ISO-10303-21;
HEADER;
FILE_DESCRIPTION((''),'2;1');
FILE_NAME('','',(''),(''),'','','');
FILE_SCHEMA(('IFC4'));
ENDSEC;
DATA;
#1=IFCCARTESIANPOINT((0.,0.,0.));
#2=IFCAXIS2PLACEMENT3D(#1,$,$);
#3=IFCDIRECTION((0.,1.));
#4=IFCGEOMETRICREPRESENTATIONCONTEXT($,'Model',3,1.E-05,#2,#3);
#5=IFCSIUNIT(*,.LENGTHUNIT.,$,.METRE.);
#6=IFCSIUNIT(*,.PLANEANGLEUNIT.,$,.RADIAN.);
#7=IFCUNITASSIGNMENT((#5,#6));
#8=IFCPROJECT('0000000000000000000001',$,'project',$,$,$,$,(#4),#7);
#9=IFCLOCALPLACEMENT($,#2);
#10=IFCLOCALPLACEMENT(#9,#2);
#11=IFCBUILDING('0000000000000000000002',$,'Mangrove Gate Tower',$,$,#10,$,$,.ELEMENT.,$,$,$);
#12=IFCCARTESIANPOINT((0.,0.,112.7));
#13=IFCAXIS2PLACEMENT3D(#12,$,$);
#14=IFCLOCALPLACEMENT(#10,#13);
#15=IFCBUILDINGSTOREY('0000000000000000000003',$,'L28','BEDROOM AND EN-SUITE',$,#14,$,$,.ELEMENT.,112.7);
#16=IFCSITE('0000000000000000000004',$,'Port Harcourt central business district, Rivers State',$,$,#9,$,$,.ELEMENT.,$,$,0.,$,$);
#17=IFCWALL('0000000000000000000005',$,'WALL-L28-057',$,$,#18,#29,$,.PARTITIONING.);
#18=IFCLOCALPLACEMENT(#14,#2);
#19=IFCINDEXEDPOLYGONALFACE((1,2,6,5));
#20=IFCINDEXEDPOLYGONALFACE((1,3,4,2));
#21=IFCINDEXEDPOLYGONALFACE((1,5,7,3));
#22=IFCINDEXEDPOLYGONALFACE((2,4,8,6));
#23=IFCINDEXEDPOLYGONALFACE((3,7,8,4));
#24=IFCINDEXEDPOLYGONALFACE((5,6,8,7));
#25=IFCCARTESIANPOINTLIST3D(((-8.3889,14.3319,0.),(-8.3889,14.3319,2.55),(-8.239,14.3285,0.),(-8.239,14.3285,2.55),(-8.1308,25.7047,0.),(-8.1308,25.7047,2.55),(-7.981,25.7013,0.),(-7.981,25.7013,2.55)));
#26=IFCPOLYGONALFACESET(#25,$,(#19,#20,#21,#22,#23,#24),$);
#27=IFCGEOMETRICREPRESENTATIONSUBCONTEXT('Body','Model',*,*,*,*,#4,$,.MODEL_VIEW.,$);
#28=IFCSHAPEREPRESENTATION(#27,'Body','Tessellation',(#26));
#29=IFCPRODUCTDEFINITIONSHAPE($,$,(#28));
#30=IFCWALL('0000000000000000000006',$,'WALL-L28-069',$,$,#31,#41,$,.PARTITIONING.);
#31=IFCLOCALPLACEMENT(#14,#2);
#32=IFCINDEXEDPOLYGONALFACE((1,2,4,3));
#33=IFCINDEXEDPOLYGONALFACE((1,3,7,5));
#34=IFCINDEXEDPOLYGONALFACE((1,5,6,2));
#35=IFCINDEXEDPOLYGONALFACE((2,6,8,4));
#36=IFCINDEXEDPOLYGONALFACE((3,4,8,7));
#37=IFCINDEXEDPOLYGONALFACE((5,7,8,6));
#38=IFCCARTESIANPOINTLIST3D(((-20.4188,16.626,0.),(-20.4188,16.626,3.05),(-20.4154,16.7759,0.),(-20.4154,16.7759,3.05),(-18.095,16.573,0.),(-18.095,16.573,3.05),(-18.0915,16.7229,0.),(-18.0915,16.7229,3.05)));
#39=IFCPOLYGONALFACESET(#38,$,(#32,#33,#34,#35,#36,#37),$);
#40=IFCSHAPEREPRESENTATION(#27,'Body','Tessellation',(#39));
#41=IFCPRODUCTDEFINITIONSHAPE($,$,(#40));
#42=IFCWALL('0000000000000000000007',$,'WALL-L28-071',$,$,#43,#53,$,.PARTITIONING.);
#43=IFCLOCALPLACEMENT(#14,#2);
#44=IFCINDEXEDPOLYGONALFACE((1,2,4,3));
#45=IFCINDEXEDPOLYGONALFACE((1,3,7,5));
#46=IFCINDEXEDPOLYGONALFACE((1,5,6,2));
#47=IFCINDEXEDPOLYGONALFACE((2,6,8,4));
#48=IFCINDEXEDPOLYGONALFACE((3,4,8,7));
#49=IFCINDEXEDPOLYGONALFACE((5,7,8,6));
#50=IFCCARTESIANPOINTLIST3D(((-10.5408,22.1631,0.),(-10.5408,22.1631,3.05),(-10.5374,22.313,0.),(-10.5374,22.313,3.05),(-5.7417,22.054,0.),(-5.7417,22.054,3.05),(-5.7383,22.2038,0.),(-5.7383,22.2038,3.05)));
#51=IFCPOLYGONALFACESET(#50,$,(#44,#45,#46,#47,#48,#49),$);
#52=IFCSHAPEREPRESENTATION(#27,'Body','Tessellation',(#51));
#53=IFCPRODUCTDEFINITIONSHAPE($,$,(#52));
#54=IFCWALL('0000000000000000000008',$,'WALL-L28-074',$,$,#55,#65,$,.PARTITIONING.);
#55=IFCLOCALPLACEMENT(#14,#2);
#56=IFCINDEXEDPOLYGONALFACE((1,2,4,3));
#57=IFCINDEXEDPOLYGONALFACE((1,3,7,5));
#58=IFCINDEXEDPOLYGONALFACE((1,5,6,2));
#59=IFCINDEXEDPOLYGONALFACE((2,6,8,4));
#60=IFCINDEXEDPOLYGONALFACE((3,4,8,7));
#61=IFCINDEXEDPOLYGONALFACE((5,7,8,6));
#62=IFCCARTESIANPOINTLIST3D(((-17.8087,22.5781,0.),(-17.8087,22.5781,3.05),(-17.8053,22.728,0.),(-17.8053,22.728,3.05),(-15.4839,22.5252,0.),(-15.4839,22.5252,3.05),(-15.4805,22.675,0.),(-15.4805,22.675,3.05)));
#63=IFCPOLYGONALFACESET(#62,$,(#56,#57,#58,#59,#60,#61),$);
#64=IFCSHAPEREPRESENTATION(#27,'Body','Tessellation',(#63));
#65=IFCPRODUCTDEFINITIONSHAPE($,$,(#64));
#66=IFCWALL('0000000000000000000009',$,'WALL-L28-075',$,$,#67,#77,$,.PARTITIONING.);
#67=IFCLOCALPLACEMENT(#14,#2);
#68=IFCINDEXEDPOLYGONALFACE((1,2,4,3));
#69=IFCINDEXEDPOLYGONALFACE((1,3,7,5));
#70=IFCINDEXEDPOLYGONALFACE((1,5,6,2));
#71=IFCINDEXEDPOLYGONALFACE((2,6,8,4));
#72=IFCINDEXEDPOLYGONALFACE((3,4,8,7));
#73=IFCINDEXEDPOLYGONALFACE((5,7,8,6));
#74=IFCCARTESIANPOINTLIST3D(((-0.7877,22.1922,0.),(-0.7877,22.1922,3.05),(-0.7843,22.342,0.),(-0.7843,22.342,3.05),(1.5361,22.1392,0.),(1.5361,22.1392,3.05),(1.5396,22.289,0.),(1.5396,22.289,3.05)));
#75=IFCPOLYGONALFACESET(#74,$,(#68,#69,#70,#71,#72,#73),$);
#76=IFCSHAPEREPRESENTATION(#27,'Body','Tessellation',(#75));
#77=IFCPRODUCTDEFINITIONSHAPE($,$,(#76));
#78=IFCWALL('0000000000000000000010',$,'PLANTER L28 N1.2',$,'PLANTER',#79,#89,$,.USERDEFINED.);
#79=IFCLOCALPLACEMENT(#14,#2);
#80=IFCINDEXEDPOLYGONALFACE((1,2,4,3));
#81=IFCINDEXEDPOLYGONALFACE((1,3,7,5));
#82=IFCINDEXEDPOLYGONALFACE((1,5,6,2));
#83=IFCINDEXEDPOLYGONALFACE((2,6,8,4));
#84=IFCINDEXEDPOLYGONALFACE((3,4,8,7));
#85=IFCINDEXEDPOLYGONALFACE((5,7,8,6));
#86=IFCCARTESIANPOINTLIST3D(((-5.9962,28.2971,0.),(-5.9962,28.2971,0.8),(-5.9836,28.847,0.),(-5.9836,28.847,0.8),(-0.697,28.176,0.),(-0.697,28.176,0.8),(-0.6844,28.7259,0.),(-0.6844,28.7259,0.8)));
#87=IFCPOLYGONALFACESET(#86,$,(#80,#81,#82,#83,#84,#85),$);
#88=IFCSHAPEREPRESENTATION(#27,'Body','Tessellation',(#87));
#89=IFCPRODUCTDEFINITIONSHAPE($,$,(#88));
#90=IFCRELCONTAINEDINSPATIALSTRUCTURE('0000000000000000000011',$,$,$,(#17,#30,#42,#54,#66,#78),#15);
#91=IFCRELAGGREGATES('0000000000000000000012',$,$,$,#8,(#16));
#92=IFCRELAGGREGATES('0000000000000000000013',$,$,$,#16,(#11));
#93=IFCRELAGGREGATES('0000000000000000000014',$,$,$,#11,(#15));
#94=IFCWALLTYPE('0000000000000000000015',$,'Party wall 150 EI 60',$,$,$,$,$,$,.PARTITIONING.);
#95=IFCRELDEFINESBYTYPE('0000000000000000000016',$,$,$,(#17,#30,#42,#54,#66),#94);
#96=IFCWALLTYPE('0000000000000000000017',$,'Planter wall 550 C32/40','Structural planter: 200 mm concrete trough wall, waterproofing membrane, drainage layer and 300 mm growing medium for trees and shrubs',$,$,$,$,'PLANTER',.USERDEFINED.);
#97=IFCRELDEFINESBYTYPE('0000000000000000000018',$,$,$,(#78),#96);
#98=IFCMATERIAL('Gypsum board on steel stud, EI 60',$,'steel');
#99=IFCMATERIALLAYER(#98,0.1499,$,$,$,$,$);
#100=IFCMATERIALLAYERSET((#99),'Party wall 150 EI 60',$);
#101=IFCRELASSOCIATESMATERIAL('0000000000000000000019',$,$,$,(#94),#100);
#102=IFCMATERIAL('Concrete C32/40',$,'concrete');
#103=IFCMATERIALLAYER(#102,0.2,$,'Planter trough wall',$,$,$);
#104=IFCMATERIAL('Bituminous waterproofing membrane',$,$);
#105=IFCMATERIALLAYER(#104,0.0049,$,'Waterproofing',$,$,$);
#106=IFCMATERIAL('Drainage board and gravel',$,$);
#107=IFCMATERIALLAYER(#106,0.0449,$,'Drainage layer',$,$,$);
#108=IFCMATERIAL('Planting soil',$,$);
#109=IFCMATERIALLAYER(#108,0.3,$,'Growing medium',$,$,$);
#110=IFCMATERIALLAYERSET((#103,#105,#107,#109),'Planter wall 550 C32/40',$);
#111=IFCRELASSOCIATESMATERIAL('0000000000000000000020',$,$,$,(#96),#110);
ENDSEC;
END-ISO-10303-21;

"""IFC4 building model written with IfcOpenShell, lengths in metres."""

from ifc_helpers import new_model, si_unit, direction, frame, frame_2d, origin, place, context, subcontext, project, spatial, rectangle, extrude, material, layer, layer_set, type_object, element, save


model = new_model("IFC4")

# Units and contexts
model_context = context("Model", 3, precision=1e-05, world=origin(), true_north=direction((0.0, 1.0)))
body_context = subcontext(model_context, "Body", "Model", "MODEL_VIEW")
ifc_project = project(units=[si_unit("LENGTHUNIT", "METRE"), si_unit("PLANEANGLEUNIT", "RADIAN")], contexts=[model_context])

# Site, building, storey
site_placement = place(None, origin())
site = spatial("IfcSite", under=ifc_project, at=site_placement, Name="Port Harcourt central business district, Rivers State", CompositionType="ELEMENT", RefElevation=0.0)
building_placement = place(site_placement, origin())
building = spatial("IfcBuilding", under=site, at=building_placement, Name="Mangrove Gate Tower", CompositionType="ELEMENT")
storey_placement = place(building_placement, frame((0.0, 0.0, 112.7)))
storey = spatial("IfcBuildingStorey", under=building, at=storey_placement, Name="L28", Description="BEDROOM AND EN-SUITE", CompositionType="ELEMENT", Elevation=112.7)

# Shared definitions
ifc_material_1 = material(Name="Gypsum board on steel stud, EI 60", Category="steel")
ifc_layer_1 = layer(ifc_material_1, 0.1499)
ifc_layer_set_1 = layer_set([ifc_layer_1], Name="Party wall 150 EI 60")
wall_type_1 = type_object("IfcWallType", Name="Party wall 150 EI 60", PredefinedType="PARTITIONING", material=ifc_layer_set_1)

# Walls
wall_1_placement = place(storey_placement, frame((-8.314, 14.3301, 0.0), z_axis=(0.0, 0.0, 1.0), x_axis=(0.022685, 0.999743, 0.0)))
element("IfcWall", 1, at=wall_1_placement, inside=storey, type_object=wall_type_1, Name="WALL-L28-057", PredefinedType="PARTITIONING", context=body_context, shape_type="SweptSolid", body=[
    extrude(rectangle(XDim=11.3757, YDim=0.1499, at=frame_2d((5.688, 0.0))), origin(), (0.0, 0.0, 1.0), 2.55),
])
wall_2_placement = place(storey_placement, frame((-20.417, 16.7009, 0.0), z_axis=(0.0, 0.0, 1.0), x_axis=(0.99974, -0.022791, 0.0)))
element("IfcWall", 2, at=wall_2_placement, inside=storey, type_object=wall_type_1, Name="WALL-L28-069", PredefinedType="PARTITIONING", context=body_context, shape_type="SweptSolid", body=[
    extrude(rectangle(XDim=2.3245, YDim=0.1499, at=frame_2d((1.1621, 0.0))), origin(), (0.0, 0.0, 1.0), 3.05),
])
wall_3_placement = place(storey_placement, frame((-10.5391, 22.238, 0.0), z_axis=(0.0, 0.0, 1.0), x_axis=(0.999742, -0.022734, 0.0)))
element("IfcWall", 3, at=wall_3_placement, inside=storey, type_object=wall_type_1, Name="WALL-L28-071", PredefinedType="PARTITIONING", context=body_context, shape_type="SweptSolid", body=[
    extrude(rectangle(XDim=4.8003, YDim=0.1499, at=frame_2d((2.4001, 0.0))), origin(), (0.0, 0.0, 1.0), 3.05),
])
wall_4_placement = place(storey_placement, frame((-17.8069, 22.6531, 0.0), z_axis=(0.0, 0.0, 1.0), x_axis=(0.99974, -0.022781, 0.0)))
element("IfcWall", 4, at=wall_4_placement, inside=storey, type_object=wall_type_1, Name="WALL-L28-074", PredefinedType="PARTITIONING", context=body_context, shape_type="SweptSolid", body=[
    extrude(rectangle(XDim=2.3254, YDim=0.1499, at=frame_2d((1.1626, 0.0))), origin(), (0.0, 0.0, 1.0), 3.05),
])
wall_5_placement = place(storey_placement, frame((-0.7859, 22.2671, 0.0), z_axis=(0.0, 0.0, 1.0), x_axis=(0.99974, -0.022791, 0.0)))
element("IfcWall", 5, at=wall_5_placement, inside=storey, type_object=wall_type_1, Name="WALL-L28-075", PredefinedType="PARTITIONING", context=body_context, shape_type="SweptSolid", body=[
    extrude(rectangle(XDim=2.3245, YDim=0.1499, at=frame_2d((1.1621, 0.0))), origin(), (0.0, 0.0, 1.0), 3.05),
])
ifc_material_2 = material(Name="Concrete C32/40", Category="concrete")
ifc_layer_2 = layer(ifc_material_2, 0.2, Name="Planter trough wall")
ifc_material_3 = material(Name="Bituminous waterproofing membrane")
ifc_layer_3 = layer(ifc_material_3, 0.0049, Name="Waterproofing")
ifc_material_4 = material(Name="Drainage board and gravel")
ifc_layer_4 = layer(ifc_material_4, 0.0449, Name="Drainage layer")
ifc_material_5 = material(Name="Planting soil")
ifc_layer_5 = layer(ifc_material_5, 0.3, Name="Growing medium")
ifc_layer_set_2 = layer_set([ifc_layer_2, ifc_layer_3, ifc_layer_4, ifc_layer_5], Name="Planter wall 550 C32/40")
wall_type_2 = type_object("IfcWallType", Name="Planter wall 550 C32/40", Description="Structural planter: 200 mm concrete trough wall, waterproofing membrane, drainage layer and 300 mm growing medium for trees and shrubs", ElementType="PLANTER", PredefinedType="USERDEFINED", material=ifc_layer_set_2)
wall_6_placement = place(storey_placement, frame((-5.99, 28.572, 0.0), z_axis=(0.0, 0.0, 1.0), x_axis=(0.999739, -0.022846, 0.0)))
element("IfcWall", 6, at=wall_6_placement, inside=storey, type_object=wall_type_2, Name="PLANTER L28 N1.2", ObjectType="PLANTER", PredefinedType="USERDEFINED", context=body_context, shape_type="SweptSolid", body=[
    extrude(rectangle(XDim=5.3005, YDim=0.55, at=frame_2d((2.6504, 0.0))), origin(), (0.0, 0.0, 1.0), 0.8),
])

save(model, "model.ifc")
